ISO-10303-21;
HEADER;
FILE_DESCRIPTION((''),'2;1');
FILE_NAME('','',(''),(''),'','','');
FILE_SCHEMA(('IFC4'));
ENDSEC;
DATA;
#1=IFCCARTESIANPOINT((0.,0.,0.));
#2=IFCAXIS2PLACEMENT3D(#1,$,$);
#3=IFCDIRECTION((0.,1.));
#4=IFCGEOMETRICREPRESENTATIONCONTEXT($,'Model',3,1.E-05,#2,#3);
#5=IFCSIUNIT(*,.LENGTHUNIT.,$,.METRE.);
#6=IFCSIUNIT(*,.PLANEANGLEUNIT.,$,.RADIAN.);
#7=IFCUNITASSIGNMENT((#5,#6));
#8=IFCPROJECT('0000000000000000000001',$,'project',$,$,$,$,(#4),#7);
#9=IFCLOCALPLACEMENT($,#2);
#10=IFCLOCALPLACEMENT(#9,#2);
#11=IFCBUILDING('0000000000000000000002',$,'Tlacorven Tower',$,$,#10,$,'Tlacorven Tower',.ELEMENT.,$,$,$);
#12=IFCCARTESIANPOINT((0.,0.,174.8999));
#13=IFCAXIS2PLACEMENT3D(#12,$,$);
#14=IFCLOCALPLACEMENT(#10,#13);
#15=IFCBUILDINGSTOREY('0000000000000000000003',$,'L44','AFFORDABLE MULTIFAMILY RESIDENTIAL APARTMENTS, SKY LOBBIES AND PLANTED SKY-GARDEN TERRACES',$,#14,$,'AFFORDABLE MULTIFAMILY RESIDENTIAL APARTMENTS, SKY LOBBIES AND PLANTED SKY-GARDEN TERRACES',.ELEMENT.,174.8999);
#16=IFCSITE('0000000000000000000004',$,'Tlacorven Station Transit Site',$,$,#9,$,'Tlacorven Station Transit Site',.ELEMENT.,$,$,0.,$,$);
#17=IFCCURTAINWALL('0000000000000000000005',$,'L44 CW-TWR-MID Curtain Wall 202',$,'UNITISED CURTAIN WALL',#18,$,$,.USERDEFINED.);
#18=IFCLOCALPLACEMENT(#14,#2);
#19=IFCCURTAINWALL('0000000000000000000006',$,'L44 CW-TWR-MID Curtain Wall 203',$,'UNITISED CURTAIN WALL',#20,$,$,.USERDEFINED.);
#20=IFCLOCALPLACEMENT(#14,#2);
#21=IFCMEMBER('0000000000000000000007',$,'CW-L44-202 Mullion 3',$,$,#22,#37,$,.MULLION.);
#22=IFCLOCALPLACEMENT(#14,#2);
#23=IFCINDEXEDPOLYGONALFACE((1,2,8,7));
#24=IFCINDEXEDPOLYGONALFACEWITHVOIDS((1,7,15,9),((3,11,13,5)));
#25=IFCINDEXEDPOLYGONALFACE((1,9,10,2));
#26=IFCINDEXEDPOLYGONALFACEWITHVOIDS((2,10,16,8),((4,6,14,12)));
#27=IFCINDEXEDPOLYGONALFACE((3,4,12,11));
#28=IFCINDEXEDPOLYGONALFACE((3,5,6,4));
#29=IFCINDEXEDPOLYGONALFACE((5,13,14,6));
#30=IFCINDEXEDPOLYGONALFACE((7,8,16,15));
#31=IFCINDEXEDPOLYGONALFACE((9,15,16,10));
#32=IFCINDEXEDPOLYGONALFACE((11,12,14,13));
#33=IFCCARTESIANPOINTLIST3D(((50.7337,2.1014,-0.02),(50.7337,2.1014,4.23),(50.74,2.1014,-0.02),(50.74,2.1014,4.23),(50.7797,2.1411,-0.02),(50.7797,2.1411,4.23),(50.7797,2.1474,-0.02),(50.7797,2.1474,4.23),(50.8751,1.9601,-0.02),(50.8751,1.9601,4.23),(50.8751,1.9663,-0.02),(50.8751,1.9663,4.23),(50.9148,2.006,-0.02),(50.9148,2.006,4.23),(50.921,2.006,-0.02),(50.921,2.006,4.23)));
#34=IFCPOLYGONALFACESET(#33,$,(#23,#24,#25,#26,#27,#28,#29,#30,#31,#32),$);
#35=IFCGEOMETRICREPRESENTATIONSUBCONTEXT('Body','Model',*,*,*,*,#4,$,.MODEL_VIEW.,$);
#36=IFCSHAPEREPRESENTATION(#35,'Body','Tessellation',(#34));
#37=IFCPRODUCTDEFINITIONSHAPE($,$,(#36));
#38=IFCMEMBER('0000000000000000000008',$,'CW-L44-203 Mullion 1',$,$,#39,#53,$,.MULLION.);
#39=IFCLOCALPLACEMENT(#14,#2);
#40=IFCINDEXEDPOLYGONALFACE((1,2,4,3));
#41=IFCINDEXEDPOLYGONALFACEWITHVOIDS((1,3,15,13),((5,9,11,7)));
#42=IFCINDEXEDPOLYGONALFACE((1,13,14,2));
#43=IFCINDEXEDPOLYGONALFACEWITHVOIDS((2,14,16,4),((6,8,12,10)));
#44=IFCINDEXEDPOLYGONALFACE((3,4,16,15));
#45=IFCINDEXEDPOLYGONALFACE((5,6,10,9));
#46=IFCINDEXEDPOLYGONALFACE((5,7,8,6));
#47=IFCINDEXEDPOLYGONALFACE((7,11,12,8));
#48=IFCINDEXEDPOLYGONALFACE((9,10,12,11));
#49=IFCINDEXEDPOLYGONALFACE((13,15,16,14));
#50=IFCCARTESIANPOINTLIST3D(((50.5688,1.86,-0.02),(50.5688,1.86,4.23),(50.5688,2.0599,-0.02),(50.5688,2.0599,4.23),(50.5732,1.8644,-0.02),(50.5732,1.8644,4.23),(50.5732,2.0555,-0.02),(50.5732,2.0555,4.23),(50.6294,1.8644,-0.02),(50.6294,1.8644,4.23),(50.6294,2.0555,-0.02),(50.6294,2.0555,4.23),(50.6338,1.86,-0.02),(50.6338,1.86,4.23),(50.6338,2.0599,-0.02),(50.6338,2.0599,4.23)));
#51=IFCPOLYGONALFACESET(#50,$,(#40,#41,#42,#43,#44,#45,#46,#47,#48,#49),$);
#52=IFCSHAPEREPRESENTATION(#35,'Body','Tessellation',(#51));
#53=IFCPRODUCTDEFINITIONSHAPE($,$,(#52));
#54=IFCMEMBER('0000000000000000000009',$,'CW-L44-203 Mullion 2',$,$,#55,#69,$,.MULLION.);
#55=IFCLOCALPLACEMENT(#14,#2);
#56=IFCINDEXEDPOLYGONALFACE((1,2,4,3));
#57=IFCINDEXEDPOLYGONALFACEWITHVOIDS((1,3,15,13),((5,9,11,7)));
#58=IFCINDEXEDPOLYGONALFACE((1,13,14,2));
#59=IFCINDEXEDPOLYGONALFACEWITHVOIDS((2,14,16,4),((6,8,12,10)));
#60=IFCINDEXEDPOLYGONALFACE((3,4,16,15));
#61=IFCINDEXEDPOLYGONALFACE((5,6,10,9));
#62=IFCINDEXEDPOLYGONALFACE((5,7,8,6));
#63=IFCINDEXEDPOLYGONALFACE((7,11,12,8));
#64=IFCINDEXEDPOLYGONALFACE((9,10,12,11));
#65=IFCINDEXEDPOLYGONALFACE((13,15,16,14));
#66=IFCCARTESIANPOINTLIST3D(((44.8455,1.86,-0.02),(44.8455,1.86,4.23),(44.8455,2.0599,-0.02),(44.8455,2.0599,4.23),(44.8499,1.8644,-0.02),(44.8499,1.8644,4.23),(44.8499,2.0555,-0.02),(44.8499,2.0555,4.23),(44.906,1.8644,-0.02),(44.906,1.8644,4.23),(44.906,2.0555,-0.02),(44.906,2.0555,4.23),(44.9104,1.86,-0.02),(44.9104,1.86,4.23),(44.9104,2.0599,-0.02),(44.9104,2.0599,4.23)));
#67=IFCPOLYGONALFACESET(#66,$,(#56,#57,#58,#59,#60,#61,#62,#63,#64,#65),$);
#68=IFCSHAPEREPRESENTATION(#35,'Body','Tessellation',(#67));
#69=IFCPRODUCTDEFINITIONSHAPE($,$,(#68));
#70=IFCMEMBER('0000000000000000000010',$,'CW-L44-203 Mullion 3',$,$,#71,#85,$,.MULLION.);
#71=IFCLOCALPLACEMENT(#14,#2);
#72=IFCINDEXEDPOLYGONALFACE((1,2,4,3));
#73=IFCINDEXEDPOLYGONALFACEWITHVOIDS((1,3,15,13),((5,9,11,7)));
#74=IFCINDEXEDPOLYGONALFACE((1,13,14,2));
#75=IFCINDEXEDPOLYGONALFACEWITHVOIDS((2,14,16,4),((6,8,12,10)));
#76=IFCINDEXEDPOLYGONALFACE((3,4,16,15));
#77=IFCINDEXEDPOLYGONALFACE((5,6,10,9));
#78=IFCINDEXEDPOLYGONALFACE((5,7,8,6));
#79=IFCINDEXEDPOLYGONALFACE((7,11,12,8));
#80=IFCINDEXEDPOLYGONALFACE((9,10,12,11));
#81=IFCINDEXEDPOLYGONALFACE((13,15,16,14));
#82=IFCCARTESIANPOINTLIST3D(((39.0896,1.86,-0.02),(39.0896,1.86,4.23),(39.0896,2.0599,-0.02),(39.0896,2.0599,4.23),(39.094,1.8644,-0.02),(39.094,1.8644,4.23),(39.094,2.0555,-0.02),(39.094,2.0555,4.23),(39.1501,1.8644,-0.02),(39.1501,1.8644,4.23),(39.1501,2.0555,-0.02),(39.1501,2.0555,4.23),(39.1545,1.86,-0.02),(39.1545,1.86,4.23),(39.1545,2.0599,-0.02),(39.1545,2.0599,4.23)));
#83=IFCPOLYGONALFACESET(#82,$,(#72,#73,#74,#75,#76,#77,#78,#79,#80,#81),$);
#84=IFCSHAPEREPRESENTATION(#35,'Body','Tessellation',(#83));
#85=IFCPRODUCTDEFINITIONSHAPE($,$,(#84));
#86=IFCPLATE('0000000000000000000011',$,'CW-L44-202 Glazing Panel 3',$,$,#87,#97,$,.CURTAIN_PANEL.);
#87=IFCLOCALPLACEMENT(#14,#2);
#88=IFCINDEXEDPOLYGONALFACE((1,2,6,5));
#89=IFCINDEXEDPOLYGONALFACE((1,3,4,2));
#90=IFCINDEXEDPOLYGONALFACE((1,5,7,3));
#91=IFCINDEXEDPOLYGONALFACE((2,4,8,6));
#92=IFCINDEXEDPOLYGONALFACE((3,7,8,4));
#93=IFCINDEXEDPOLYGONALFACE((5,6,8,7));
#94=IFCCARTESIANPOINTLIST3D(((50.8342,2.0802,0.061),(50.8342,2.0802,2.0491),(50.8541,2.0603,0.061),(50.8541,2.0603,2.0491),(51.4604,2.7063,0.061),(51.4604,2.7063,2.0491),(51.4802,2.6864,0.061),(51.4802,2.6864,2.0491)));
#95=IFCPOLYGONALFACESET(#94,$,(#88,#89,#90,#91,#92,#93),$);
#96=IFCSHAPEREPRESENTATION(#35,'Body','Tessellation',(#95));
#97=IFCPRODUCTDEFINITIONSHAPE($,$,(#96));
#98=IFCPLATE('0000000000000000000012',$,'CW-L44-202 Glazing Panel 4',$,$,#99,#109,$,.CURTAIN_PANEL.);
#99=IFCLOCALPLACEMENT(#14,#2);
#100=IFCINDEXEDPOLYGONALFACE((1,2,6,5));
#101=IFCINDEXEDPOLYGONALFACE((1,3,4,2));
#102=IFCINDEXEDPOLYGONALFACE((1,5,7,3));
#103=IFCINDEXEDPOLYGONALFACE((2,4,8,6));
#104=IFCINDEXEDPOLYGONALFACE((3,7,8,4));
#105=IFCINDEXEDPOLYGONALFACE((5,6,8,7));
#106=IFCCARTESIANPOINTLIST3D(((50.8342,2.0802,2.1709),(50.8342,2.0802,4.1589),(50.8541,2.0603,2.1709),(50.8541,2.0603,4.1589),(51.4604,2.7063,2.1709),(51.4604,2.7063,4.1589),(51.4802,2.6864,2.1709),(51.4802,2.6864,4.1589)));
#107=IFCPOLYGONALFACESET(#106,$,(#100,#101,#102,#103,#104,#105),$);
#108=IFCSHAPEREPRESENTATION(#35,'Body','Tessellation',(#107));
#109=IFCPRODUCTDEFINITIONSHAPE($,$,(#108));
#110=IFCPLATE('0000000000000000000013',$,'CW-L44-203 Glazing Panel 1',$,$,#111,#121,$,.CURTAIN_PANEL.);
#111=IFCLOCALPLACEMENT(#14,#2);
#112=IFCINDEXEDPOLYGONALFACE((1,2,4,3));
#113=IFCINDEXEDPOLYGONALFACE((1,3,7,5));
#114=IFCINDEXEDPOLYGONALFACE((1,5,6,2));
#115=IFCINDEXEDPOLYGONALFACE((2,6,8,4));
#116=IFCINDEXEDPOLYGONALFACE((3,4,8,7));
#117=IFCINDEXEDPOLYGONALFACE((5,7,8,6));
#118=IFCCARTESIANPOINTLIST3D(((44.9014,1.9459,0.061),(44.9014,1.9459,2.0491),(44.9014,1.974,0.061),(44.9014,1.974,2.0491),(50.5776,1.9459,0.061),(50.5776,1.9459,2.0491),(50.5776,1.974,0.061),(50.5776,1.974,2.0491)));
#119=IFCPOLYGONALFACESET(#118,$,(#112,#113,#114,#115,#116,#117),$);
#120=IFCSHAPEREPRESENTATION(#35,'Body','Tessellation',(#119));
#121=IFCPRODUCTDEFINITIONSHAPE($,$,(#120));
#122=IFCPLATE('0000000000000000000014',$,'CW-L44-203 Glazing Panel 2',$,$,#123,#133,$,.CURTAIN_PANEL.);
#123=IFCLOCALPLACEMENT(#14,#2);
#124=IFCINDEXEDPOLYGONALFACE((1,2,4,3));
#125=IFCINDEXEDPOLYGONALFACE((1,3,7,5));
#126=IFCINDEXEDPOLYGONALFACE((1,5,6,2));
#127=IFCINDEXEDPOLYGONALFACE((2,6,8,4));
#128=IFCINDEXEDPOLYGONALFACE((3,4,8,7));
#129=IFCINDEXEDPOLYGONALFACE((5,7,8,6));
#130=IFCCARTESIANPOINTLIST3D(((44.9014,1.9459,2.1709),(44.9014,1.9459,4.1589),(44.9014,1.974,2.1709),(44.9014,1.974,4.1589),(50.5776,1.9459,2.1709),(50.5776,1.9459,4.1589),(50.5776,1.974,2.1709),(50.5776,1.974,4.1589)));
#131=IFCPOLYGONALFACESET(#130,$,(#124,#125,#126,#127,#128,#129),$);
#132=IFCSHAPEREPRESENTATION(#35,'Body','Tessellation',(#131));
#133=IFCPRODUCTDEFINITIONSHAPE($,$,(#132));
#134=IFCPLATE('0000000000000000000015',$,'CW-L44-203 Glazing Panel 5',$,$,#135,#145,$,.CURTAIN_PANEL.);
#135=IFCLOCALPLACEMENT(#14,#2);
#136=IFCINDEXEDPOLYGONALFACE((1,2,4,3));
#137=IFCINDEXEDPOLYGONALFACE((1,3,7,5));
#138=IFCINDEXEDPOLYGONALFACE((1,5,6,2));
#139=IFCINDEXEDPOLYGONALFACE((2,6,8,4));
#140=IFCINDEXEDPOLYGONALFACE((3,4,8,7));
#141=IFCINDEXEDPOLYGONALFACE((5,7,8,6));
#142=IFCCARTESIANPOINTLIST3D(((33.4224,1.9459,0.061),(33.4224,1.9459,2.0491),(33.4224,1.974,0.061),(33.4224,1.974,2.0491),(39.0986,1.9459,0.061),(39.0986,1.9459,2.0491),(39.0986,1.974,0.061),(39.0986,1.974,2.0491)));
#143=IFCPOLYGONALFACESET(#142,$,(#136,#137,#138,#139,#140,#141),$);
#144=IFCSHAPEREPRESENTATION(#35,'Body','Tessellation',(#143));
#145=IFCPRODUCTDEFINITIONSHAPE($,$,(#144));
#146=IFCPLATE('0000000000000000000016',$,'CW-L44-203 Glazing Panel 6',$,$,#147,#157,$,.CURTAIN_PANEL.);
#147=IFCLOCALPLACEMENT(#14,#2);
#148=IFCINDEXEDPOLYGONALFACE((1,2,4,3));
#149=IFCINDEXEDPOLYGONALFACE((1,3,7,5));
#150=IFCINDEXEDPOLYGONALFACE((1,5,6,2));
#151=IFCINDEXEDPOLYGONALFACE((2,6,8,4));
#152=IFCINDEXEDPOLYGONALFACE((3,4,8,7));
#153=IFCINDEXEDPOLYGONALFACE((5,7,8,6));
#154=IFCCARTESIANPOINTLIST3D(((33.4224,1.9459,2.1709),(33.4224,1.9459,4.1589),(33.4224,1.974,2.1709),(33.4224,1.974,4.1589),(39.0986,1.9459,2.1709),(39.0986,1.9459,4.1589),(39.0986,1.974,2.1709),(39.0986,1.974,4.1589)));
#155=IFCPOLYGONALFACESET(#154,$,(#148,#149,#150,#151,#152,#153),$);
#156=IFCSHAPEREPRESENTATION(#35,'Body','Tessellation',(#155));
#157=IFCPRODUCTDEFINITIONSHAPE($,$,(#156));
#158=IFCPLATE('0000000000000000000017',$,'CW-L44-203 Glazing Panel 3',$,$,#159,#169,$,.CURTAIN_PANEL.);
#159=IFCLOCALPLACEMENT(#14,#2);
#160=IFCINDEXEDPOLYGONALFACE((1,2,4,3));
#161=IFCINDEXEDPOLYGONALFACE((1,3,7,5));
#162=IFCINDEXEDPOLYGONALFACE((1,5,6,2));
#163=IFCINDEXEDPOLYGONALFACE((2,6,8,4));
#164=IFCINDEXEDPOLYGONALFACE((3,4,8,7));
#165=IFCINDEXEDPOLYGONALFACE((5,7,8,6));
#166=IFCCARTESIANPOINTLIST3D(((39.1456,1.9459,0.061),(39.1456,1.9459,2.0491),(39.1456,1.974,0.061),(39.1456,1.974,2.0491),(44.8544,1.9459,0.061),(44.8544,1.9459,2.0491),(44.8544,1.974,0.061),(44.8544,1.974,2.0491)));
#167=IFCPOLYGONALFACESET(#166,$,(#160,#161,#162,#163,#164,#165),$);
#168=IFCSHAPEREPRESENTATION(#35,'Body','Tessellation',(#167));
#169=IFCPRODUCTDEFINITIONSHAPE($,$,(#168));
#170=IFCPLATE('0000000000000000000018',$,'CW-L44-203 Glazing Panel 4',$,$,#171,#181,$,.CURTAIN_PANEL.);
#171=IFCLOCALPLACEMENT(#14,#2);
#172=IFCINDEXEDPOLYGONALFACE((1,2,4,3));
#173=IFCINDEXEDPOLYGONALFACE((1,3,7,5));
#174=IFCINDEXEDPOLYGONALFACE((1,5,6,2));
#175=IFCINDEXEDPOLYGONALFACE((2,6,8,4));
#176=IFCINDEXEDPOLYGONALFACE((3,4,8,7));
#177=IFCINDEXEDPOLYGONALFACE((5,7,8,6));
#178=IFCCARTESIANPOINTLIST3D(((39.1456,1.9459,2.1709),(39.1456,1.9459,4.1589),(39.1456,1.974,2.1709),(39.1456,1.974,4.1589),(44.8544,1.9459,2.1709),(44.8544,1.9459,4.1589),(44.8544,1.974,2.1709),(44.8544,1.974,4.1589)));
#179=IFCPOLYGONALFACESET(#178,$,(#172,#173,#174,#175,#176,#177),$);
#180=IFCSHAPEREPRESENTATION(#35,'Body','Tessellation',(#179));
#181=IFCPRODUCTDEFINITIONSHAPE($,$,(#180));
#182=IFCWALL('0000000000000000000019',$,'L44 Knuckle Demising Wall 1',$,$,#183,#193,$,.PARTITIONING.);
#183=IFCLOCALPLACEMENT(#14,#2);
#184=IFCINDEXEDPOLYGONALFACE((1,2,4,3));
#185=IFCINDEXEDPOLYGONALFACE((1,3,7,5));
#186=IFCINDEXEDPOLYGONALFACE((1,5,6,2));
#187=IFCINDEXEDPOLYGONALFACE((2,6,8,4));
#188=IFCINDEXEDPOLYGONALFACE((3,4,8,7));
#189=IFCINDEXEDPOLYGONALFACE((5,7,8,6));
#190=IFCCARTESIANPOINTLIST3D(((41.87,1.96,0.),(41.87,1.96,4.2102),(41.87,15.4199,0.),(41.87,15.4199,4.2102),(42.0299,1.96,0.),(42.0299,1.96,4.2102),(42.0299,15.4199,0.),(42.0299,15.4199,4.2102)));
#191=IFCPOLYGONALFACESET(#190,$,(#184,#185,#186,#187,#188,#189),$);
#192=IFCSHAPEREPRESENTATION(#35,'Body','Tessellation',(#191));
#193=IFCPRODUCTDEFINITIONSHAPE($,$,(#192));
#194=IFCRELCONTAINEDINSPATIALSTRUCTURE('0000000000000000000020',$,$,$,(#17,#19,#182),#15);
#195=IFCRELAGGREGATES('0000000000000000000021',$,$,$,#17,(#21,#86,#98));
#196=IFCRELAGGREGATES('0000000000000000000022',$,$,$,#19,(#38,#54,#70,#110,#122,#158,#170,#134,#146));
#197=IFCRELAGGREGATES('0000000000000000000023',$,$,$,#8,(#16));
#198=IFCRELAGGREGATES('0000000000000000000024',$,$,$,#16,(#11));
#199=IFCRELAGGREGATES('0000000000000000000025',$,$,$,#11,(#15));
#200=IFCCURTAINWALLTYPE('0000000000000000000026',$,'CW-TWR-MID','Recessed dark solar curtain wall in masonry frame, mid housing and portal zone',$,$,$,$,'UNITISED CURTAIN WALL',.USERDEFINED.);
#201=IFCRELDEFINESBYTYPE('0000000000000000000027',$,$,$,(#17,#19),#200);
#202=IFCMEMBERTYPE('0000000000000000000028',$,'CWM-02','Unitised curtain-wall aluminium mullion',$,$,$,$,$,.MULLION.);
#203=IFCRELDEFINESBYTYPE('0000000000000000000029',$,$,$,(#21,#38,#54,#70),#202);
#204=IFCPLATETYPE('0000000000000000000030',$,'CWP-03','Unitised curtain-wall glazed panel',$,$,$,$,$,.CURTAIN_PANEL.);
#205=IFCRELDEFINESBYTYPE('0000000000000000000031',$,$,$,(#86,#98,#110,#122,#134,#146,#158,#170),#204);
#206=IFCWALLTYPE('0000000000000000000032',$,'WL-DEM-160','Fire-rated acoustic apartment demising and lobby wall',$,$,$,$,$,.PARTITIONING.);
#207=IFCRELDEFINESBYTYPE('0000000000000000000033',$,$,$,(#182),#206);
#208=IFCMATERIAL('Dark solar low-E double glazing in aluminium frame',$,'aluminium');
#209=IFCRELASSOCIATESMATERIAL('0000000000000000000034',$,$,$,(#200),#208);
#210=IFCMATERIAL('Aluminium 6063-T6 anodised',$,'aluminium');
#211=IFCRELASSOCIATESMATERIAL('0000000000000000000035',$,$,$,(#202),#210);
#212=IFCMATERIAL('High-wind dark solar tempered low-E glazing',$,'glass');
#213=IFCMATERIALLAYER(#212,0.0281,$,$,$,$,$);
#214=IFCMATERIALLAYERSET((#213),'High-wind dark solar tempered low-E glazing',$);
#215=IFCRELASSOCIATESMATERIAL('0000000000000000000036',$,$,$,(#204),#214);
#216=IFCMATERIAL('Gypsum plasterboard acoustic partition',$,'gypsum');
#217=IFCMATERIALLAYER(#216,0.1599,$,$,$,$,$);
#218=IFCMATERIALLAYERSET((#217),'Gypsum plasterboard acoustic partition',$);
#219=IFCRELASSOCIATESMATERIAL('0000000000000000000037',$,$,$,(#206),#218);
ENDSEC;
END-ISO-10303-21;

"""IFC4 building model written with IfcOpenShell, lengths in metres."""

from ifc_helpers import new_model, si_unit, direction, frame, frame_2d, origin, origin_2d, place, context, subcontext, project, spatial, rectangle, hollow_rectangle, extrude, source, transform, mapped, material, layer, layer_set, material_profile, profile_set, type_object, element, aggregate, save


model = new_model("IFC4")

# Units and contexts
model_context = context("Model", 3, precision=1e-05, world=origin(), true_north=direction((0.0, 1.0)))
body_context = subcontext(model_context, "Body", "Model", "MODEL_VIEW")
ifc_project = project(units=[si_unit("LENGTHUNIT", "METRE"), si_unit("PLANEANGLEUNIT", "RADIAN")], contexts=[model_context])

# Site, building, storey
site_placement = place(None, origin())
site = spatial("IfcSite", under=ifc_project, at=site_placement, Name="Tlacorven Station Transit Site", LongName="Tlacorven Station Transit Site", CompositionType="ELEMENT", RefElevation=0.0)
building_placement = place(site_placement, origin())
building = spatial("IfcBuilding", under=site, at=building_placement, Name="Tlacorven Tower", LongName="Tlacorven Tower", CompositionType="ELEMENT")
storey_placement = place(building_placement, frame((0.0, 0.0, 174.8999)))
storey = spatial("IfcBuildingStorey", under=building, at=storey_placement, Name="L44", Description="AFFORDABLE MULTIFAMILY RESIDENTIAL APARTMENTS, SKY LOBBIES AND PLANTED SKY-GARDEN TERRACES", LongName="AFFORDABLE MULTIFAMILY RESIDENTIAL APARTMENTS, SKY LOBBIES AND PLANTED SKY-GARDEN TERRACES", CompositionType="ELEMENT", Elevation=174.8999)

# Curtain walls
ifc_material_1 = material(Name="Dark solar low-E double glazing in aluminium frame", Category="aluminium")
curtain_wall_type = type_object("IfcCurtainWallType", Name="CW-TWR-MID", Description="Recessed dark solar curtain wall in masonry frame, mid housing and portal zone", ElementType="UNITISED CURTAIN WALL", PredefinedType="USERDEFINED", material=ifc_material_1)
curtain_wall_1_placement = place(storey_placement, origin())
curtain_wall_1 = element("IfcCurtainWall", 1, at=curtain_wall_1_placement, inside=storey, type_object=curtain_wall_type, Name="L44 CW-TWR-MID Curtain Wall 202", ObjectType="UNITISED CURTAIN WALL", PredefinedType="USERDEFINED")
ifc_material_2 = material(Name="Aluminium 6063-T6 anodised", Category="aluminium")
curtain_wall_2_placement = place(storey_placement, origin())
curtain_wall_2 = element("IfcCurtainWall", 2, at=curtain_wall_2_placement, inside=storey, type_object=curtain_wall_type, Name="L44 CW-TWR-MID Curtain Wall 203", ObjectType="UNITISED CURTAIN WALL", PredefinedType="USERDEFINED")

# Members
ifc_material_profile_1 = material_profile(ifc_material_2, hollow_rectangle(XDim=0.0649, YDim=0.2, WallThickness=0.0044, at=origin_2d()), Name="ALU MULLION 65X200")
ifc_profile_set_1 = profile_set([ifc_material_profile_1], Name="Aluminium 6063-T6 anodised")
member_type_1 = type_object("IfcMemberType", Name="CWM-02", Description="Unitised curtain-wall aluminium mullion", PredefinedType="MULLION", material=ifc_profile_set_1)
shared_shape_1 = source(origin(), body_context, "Body", "SweptSolid", [
    extrude(hollow_rectangle(XDim=0.0649, YDim=0.2, WallThickness=0.0044, at=origin_2d()), origin(), (0.0, 0.0, 1.0), 4.25),
])
member_1_placement = place(storey_placement, frame((50.8274, 2.0537, -0.02), z_axis=(0.0, 0.0, 1.0), x_axis=(-0.707107, -0.707107, 0.0)))
member_1 = element("IfcMember", 3, at=member_1_placement, type_object=member_type_1, Name="CW-L44-202 Mullion 3", PredefinedType="MULLION", context=body_context, shape_type="MappedRepresentation", body=[
    mapped(shared_shape_1, transform((0.0, 0.0, 0.0), scale=1.0)),
])
member_2_placement = place(storey_placement, frame((50.6013, 1.96, -0.02), z_axis=(0.0, 0.0, 1.0), x_axis=(-1.0, 0.0, 0.0)))
member_2 = element("IfcMember", 4, at=member_2_placement, type_object=member_type_1, Name="CW-L44-203 Mullion 1", PredefinedType="MULLION", context=body_context, shape_type="MappedRepresentation", body=[
    mapped(shared_shape_1, transform((0.0, 0.0, 0.0), scale=1.0)),
])
member_3_placement = place(storey_placement, frame((44.8779, 1.96, -0.02), z_axis=(0.0, 0.0, 1.0), x_axis=(-1.0, 0.0, 0.0)))
member_3 = element("IfcMember", 5, at=member_3_placement, type_object=member_type_1, Name="CW-L44-203 Mullion 2", PredefinedType="MULLION", context=body_context, shape_type="MappedRepresentation", body=[
    mapped(shared_shape_1, transform((0.0, 0.0, 0.0), scale=1.0)),
])
member_4_placement = place(storey_placement, frame((39.1221, 1.96, -0.02), z_axis=(0.0, 0.0, 1.0), x_axis=(-1.0, 0.0, 0.0)))
member_4 = element("IfcMember", 6, at=member_4_placement, type_object=member_type_1, Name="CW-L44-203 Mullion 3", PredefinedType="MULLION", context=body_context, shape_type="MappedRepresentation", body=[
    mapped(shared_shape_1, transform((0.0, 0.0, 0.0), scale=1.0)),
])

# Plates
ifc_material_3 = material(Name="High-wind dark solar tempered low-E glazing", Category="glass")
ifc_layer_1 = layer(ifc_material_3, 0.0281)
ifc_layer_set_1 = layer_set([ifc_layer_1], Name="High-wind dark solar tempered low-E glazing")
plate_type = type_object("IfcPlateType", Name="CWP-03", Description="Unitised curtain-wall glazed panel", PredefinedType="CURTAIN_PANEL", material=ifc_layer_set_1)
shared_shape_2 = source(origin(), body_context, "Body", "SweptSolid", [
    extrude(rectangle(XDim=0.8855, YDim=0.0281, at=origin_2d()), origin(), (0.0, 0.0, 1.0), 1.988),
])
plate_1_placement = place(storey_placement, frame((51.1572, 2.3833, 0.061), z_axis=(0.0, 0.0, 1.0), x_axis=(-0.707107, -0.707107, 0.0)))
plate_1 = element("IfcPlate", 7, at=plate_1_placement, type_object=plate_type, Name="CW-L44-202 Glazing Panel 3", PredefinedType="CURTAIN_PANEL", context=body_context, shape_type="MappedRepresentation", body=[
    mapped(shared_shape_2, transform((0.0, 0.0, 0.0), scale=1.0)),
])
plate_2_placement = place(storey_placement, frame((51.1572, 2.3833, 2.1709), z_axis=(0.0, 0.0, 1.0), x_axis=(-0.707107, -0.707107, 0.0)))
plate_2 = element("IfcPlate", 8, at=plate_2_placement, type_object=plate_type, Name="CW-L44-202 Glazing Panel 4", PredefinedType="CURTAIN_PANEL", context=body_context, shape_type="MappedRepresentation", body=[
    mapped(shared_shape_2, transform((0.0, 0.0, 0.0), scale=1.0)),
])
aggregate(curtain_wall_1, [member_1, plate_1, plate_2])
shared_shape_3 = source(origin(), body_context, "Body", "SweptSolid", [
    extrude(rectangle(XDim=5.6763, YDim=0.0281, at=origin_2d()), origin(), (0.0, 0.0, 1.0), 1.988),
])
plate_3_placement = place(storey_placement, frame((47.7395, 1.96, 0.061), z_axis=(0.0, 0.0, 1.0), x_axis=(-1.0, 0.0, 0.0)))
plate_3 = element("IfcPlate", 9, at=plate_3_placement, type_object=plate_type, Name="CW-L44-203 Glazing Panel 1", PredefinedType="CURTAIN_PANEL", context=body_context, shape_type="MappedRepresentation", body=[
    mapped(shared_shape_3, transform((0.0, 0.0, 0.0), scale=1.0)),
])
plate_4_placement = place(storey_placement, frame((47.7395, 1.96, 2.1709), z_axis=(0.0, 0.0, 1.0), x_axis=(-1.0, 0.0, 0.0)))
plate_4 = element("IfcPlate", 10, at=plate_4_placement, type_object=plate_type, Name="CW-L44-203 Glazing Panel 2", PredefinedType="CURTAIN_PANEL", context=body_context, shape_type="MappedRepresentation", body=[
    mapped(shared_shape_3, transform((0.0, 0.0, 0.0), scale=1.0)),
])
plate_5_placement = place(storey_placement, frame((36.2605, 1.96, 0.061), z_axis=(0.0, 0.0, 1.0), x_axis=(-1.0, 0.0, 0.0)))
plate_5 = element("IfcPlate", 11, at=plate_5_placement, type_object=plate_type, Name="CW-L44-203 Glazing Panel 5", PredefinedType="CURTAIN_PANEL", context=body_context, shape_type="MappedRepresentation", body=[
    mapped(shared_shape_3, transform((0.0, 0.0, 0.0), scale=1.0)),
])
plate_6_placement = place(storey_placement, frame((36.2605, 1.96, 2.1709), z_axis=(0.0, 0.0, 1.0), x_axis=(-1.0, 0.0, 0.0)))
plate_6 = element("IfcPlate", 12, at=plate_6_placement, type_object=plate_type, Name="CW-L44-203 Glazing Panel 6", PredefinedType="CURTAIN_PANEL", context=body_context, shape_type="MappedRepresentation", body=[
    mapped(shared_shape_3, transform((0.0, 0.0, 0.0), scale=1.0)),
])
shared_shape_4 = source(origin(), body_context, "Body", "SweptSolid", [
    extrude(rectangle(XDim=5.7087, YDim=0.0281, at=origin_2d()), origin(), (0.0, 0.0, 1.0), 1.988),
])
plate_7_placement = place(storey_placement, frame((42.0, 1.96, 0.061), z_axis=(0.0, 0.0, 1.0), x_axis=(-1.0, 0.0, 0.0)))
plate_7 = element("IfcPlate", 13, at=plate_7_placement, type_object=plate_type, Name="CW-L44-203 Glazing Panel 3", PredefinedType="CURTAIN_PANEL", context=body_context, shape_type="MappedRepresentation", body=[
    mapped(shared_shape_4, transform((0.0, 0.0, 0.0), scale=1.0)),
])
plate_8_placement = place(storey_placement, frame((42.0, 1.96, 2.1709), z_axis=(0.0, 0.0, 1.0), x_axis=(-1.0, 0.0, 0.0)))
plate_8 = element("IfcPlate", 14, at=plate_8_placement, type_object=plate_type, Name="CW-L44-203 Glazing Panel 4", PredefinedType="CURTAIN_PANEL", context=body_context, shape_type="MappedRepresentation", body=[
    mapped(shared_shape_4, transform((0.0, 0.0, 0.0), scale=1.0)),
])
aggregate(curtain_wall_2, [member_2, member_3, member_4, plate_3, plate_4, plate_7, plate_8, plate_5, plate_6])

# Wall
ifc_material_4 = material(Name="Gypsum plasterboard acoustic partition", Category="gypsum")
ifc_layer_2 = layer(ifc_material_4, 0.1599)
ifc_layer_set_2 = layer_set([ifc_layer_2], Name="Gypsum plasterboard acoustic partition")
wall_type_1 = type_object("IfcWallType", Name="WL-DEM-160", Description="Fire-rated acoustic apartment demising and lobby wall", PredefinedType="PARTITIONING", material=ifc_layer_set_2)
wall_1_placement = place(storey_placement, frame((41.95, 1.96, 0.0), z_axis=(0.0, 0.0, 1.0), x_axis=(0.0, 1.0, 0.0)))
element("IfcWall", 15, at=wall_1_placement, inside=storey, type_object=wall_type_1, Name="L44 Knuckle Demising Wall 1", PredefinedType="PARTITIONING", context=body_context, shape_type="SweptSolid", body=[
    extrude(rectangle(XDim=13.46, YDim=0.1599, at=frame_2d((6.73, 0.0))), origin(), (0.0, 0.0, 1.0), 4.2102),
])

save(model, "model.ifc")
